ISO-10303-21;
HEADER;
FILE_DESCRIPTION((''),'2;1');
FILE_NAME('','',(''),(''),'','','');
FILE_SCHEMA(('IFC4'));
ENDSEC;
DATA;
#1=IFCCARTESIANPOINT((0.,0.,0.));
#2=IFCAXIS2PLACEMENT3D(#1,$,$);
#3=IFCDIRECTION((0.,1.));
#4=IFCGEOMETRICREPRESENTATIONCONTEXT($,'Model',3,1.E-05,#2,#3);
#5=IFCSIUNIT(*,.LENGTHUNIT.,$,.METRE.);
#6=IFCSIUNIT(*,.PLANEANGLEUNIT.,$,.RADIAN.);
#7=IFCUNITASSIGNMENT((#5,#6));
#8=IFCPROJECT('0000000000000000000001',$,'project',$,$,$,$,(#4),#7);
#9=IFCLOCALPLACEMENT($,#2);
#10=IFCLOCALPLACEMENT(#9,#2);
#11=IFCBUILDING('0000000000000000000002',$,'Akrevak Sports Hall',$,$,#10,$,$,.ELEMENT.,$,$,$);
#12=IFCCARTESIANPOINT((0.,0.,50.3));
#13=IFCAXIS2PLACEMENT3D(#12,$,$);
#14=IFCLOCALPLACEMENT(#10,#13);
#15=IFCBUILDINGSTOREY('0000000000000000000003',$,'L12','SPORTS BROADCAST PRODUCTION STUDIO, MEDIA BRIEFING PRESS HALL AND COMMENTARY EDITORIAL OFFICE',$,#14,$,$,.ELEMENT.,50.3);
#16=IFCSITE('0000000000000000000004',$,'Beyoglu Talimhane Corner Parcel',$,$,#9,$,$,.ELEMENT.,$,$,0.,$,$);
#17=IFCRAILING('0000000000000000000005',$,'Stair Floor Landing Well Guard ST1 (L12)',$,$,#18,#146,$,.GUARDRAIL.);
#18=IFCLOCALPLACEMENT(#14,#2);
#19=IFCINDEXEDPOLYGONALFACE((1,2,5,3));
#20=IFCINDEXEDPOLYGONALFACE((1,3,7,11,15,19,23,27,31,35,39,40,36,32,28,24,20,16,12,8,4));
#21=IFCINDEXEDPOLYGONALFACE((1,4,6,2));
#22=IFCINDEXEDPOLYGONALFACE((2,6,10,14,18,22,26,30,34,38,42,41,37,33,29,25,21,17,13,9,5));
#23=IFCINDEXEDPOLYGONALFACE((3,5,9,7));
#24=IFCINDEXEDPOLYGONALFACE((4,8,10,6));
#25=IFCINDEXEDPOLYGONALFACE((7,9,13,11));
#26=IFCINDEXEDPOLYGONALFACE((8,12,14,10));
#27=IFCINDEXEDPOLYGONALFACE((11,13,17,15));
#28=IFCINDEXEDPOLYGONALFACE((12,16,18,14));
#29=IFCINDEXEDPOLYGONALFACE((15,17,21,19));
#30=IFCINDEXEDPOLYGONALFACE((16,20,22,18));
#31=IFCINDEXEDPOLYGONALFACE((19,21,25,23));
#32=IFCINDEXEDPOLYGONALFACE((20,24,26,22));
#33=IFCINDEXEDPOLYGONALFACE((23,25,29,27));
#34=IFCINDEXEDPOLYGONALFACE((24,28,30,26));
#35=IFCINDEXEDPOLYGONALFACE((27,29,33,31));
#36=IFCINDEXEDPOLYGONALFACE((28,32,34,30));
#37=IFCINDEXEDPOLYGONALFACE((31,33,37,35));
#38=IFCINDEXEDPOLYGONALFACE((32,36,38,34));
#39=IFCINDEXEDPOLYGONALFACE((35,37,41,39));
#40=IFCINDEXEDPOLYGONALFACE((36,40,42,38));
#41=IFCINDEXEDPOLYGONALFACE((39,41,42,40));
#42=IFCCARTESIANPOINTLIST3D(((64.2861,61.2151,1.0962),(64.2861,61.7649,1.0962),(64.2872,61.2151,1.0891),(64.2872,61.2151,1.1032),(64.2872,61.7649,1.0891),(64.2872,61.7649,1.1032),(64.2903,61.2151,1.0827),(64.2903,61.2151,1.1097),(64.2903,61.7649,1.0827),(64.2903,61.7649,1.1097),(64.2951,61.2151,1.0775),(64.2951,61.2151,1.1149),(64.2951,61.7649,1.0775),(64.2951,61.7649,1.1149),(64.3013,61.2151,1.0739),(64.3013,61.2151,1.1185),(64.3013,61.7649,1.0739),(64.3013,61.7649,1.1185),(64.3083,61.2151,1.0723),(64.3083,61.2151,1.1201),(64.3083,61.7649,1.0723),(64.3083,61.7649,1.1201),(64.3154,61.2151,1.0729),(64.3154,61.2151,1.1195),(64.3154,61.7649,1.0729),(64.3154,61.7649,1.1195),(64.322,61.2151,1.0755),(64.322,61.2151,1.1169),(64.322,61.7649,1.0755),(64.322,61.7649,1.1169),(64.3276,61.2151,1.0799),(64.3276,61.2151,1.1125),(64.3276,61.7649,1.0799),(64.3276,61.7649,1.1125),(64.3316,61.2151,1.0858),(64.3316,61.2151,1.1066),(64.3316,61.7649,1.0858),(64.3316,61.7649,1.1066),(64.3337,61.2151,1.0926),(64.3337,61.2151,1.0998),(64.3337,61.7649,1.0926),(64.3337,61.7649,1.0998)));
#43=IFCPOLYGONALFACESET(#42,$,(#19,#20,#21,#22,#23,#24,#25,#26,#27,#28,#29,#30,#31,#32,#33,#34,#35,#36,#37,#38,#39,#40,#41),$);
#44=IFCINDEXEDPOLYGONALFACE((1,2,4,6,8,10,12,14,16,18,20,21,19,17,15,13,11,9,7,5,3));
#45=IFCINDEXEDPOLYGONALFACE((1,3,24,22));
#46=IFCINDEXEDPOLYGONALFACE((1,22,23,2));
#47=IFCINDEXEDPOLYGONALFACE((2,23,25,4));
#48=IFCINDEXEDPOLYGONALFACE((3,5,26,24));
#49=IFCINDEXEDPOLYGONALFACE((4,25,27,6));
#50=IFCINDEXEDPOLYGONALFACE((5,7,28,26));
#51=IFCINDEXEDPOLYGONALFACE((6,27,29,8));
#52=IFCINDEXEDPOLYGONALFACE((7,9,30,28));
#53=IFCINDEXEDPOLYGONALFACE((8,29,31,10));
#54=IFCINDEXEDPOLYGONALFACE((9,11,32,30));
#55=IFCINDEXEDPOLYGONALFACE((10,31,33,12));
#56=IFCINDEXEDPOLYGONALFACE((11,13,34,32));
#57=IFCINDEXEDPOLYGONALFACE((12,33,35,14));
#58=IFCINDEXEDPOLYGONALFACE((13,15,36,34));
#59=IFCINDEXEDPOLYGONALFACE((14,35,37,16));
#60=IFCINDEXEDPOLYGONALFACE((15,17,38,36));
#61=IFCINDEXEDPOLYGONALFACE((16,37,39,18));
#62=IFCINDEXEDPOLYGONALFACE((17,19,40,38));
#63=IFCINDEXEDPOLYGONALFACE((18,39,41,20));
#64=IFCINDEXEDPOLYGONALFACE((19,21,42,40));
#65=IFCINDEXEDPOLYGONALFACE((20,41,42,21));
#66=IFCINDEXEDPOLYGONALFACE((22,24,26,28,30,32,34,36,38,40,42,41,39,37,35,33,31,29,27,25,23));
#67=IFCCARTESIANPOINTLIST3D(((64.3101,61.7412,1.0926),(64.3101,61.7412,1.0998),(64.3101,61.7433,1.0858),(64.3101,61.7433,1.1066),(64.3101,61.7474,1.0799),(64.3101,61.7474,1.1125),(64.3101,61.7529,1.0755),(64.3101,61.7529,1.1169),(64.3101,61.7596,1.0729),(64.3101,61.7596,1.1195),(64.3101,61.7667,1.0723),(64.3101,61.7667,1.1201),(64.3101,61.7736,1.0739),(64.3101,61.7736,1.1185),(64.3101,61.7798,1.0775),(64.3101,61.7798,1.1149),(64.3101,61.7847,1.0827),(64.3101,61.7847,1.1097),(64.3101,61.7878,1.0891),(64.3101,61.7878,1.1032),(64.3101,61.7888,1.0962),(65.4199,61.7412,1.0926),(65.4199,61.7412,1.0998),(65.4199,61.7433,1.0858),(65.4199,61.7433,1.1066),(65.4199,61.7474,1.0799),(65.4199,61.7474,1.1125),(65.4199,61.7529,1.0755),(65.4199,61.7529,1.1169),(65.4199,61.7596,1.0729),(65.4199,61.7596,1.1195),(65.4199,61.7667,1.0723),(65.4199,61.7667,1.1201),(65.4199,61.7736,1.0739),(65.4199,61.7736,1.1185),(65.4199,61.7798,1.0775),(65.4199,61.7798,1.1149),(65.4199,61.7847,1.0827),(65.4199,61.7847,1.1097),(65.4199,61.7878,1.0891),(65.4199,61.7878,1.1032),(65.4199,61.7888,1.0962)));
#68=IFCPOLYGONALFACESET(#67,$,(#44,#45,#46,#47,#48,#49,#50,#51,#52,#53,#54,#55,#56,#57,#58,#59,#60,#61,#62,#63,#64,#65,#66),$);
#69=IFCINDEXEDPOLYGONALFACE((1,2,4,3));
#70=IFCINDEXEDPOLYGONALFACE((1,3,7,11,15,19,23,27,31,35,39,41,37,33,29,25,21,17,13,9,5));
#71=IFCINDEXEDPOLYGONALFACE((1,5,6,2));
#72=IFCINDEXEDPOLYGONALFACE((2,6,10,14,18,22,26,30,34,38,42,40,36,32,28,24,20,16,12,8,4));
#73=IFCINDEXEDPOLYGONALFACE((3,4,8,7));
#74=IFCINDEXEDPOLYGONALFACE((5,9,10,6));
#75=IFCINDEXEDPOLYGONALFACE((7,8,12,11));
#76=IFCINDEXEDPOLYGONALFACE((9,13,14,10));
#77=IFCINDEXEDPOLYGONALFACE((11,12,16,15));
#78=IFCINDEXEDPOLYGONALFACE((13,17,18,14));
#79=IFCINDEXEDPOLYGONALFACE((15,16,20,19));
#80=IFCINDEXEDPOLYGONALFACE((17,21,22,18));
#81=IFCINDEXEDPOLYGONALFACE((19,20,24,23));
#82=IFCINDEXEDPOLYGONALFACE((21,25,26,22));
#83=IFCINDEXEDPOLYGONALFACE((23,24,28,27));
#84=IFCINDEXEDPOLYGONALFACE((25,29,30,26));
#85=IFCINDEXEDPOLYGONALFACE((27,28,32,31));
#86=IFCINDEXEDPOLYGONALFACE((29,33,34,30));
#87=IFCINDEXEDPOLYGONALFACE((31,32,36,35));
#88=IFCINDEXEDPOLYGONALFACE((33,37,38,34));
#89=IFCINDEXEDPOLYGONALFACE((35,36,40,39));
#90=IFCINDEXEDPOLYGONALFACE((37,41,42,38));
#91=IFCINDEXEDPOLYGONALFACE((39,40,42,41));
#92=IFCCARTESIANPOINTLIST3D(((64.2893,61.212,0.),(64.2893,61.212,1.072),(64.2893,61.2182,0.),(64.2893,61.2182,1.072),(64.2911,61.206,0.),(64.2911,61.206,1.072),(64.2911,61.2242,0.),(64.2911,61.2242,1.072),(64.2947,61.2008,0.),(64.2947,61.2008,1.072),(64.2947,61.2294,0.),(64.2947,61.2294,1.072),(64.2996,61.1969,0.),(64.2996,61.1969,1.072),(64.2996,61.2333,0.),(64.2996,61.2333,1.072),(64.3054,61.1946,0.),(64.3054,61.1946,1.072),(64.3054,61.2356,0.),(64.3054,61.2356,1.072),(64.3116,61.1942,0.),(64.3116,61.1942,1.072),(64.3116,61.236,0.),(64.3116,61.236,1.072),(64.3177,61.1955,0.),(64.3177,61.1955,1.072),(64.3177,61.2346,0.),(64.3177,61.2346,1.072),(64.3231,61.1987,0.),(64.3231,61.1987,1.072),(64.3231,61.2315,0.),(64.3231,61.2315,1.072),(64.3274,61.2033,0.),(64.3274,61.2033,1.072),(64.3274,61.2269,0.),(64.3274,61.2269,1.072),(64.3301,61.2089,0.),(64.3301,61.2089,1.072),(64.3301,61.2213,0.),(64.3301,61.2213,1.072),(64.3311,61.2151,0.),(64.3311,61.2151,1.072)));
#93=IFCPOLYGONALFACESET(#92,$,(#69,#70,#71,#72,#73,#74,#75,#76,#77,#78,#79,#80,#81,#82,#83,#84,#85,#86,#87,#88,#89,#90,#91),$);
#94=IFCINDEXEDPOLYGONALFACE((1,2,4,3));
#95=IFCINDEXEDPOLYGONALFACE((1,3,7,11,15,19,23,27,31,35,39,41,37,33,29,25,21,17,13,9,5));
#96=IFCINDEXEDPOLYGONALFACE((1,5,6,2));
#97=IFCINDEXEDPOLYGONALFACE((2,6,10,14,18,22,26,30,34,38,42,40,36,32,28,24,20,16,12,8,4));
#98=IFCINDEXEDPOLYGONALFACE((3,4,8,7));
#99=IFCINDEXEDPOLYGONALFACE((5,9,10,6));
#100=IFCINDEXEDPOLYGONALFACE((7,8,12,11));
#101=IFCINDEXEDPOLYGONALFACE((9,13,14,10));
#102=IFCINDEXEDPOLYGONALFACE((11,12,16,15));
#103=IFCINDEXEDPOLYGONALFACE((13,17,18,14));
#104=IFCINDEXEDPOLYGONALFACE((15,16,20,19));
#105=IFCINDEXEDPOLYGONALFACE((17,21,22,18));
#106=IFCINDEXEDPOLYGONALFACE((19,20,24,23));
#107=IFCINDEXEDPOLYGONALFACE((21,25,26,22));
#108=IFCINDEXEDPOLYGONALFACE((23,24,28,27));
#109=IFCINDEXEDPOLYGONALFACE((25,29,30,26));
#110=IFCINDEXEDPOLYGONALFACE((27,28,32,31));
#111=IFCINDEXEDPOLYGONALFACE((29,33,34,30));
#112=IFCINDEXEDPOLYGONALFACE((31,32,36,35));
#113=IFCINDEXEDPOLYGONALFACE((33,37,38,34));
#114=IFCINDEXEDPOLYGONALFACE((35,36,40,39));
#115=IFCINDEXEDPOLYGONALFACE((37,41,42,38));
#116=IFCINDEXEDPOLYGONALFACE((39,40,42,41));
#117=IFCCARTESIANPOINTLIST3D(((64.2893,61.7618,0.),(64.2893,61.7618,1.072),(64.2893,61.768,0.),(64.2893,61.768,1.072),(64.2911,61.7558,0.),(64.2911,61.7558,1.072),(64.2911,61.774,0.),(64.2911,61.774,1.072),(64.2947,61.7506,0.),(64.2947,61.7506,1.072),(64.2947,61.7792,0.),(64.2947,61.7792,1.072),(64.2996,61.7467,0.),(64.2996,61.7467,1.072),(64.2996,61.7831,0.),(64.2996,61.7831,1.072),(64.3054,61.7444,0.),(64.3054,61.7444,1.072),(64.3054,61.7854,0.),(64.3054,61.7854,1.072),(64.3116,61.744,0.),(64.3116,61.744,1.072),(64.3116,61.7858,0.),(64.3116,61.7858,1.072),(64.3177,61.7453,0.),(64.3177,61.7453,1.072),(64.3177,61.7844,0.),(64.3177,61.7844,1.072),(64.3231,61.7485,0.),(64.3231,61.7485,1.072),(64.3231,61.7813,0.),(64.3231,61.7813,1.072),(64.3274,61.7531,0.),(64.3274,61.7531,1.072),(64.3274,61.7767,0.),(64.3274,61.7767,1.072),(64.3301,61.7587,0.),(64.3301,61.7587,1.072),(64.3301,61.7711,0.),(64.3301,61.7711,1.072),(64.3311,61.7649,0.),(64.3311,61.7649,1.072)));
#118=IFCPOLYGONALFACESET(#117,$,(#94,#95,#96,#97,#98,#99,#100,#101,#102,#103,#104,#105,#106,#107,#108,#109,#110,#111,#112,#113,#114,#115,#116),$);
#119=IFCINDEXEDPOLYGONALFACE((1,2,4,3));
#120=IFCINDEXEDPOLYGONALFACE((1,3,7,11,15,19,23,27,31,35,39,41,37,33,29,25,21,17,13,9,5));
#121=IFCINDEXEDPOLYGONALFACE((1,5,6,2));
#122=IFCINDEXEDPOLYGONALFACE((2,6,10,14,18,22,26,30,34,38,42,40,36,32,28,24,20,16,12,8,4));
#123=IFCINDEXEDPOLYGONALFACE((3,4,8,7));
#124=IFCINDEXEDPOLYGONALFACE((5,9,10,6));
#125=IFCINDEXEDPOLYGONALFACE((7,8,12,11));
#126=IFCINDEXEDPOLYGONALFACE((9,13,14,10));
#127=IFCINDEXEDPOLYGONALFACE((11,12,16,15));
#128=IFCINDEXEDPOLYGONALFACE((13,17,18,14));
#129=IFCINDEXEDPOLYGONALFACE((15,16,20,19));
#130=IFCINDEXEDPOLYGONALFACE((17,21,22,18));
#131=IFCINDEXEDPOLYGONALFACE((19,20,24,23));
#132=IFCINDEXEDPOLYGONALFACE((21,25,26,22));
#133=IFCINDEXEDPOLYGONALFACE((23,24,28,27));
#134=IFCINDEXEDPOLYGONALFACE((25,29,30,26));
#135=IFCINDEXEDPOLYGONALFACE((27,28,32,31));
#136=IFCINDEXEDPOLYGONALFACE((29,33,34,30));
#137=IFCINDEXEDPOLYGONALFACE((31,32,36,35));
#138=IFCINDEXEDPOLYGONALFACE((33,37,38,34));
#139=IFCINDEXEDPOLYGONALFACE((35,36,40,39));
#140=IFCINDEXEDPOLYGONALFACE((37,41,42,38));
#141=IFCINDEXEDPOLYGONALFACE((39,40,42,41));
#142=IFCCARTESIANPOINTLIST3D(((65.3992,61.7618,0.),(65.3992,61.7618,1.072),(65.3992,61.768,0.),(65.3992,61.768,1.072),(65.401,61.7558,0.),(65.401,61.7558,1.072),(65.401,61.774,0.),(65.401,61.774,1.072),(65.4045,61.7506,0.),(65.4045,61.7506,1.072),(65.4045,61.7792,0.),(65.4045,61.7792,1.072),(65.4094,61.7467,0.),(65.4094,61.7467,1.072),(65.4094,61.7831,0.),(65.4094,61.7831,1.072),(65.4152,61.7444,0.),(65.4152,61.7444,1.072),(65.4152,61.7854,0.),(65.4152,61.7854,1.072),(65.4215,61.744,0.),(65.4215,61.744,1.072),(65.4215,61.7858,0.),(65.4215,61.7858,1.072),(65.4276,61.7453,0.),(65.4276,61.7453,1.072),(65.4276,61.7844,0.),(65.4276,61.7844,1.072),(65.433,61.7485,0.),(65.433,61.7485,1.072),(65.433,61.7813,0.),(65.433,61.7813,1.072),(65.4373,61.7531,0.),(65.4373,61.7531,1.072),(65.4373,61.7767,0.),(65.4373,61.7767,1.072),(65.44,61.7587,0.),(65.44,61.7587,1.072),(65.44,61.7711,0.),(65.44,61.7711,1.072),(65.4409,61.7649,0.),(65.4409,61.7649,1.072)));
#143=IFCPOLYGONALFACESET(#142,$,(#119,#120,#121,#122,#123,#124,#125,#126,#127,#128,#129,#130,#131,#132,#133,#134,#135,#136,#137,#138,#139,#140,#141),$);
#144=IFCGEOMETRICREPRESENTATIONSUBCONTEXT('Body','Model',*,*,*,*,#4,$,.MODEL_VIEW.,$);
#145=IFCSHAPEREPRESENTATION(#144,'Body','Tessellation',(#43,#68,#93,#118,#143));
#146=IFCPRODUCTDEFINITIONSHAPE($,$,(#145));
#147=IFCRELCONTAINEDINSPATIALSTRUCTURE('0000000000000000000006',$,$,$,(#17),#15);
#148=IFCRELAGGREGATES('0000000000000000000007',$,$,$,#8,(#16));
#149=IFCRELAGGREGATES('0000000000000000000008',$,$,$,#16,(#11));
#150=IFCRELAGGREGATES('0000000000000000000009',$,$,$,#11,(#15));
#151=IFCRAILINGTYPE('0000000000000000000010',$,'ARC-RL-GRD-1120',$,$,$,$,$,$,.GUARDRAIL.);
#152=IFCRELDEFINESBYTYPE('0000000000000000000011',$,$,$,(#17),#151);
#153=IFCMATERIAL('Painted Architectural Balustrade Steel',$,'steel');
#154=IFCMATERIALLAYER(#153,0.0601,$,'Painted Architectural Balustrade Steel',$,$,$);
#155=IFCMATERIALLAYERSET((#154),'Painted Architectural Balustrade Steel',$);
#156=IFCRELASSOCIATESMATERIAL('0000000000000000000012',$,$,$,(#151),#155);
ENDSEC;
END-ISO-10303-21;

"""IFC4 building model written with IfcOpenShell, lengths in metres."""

from ifc_helpers import new_model, si_unit, direction, frame, origin, origin_2d, place, context, subcontext, project, spatial, circle, extrude, material, layer, layer_set, type_object, element, save


model = new_model("IFC4")

# Units and contexts
model_context = context("Model", 3, precision=1e-05, world=origin(), true_north=direction((0.0, 1.0)))
body_context = subcontext(model_context, "Body", "Model", "MODEL_VIEW")
ifc_project = project(units=[si_unit("LENGTHUNIT", "METRE"), si_unit("PLANEANGLEUNIT", "RADIAN")], contexts=[model_context])

# Site, building, storey
site_placement = place(None, origin())
site = spatial("IfcSite", under=ifc_project, at=site_placement, Name="Beyoglu Talimhane Corner Parcel", CompositionType="ELEMENT", RefElevation=0.0)
building_placement = place(site_placement, origin())
building = spatial("IfcBuilding", under=site, at=building_placement, Name="Akrevak Sports Hall", CompositionType="ELEMENT")
storey_placement = place(building_placement, frame((0.0, 0.0, 50.3)))
storey = spatial("IfcBuildingStorey", under=building, at=storey_placement, Name="L12", Description="SPORTS BROADCAST PRODUCTION STUDIO, MEDIA BRIEFING PRESS HALL AND COMMENTARY EDITORIAL OFFICE", CompositionType="ELEMENT", Elevation=50.3)

# Railing
ifc_material_1 = material(Name="Painted Architectural Balustrade Steel", Category="steel")
ifc_layer_1 = layer(ifc_material_1, 0.0601, Name="Painted Architectural Balustrade Steel")
ifc_layer_set_1 = layer_set([ifc_layer_1], Name="Painted Architectural Balustrade Steel")
railing_type_1 = type_object("IfcRailingType", Name="ARC-RL-GRD-1120", PredefinedType="GUARDRAIL", material=ifc_layer_set_1)
railing_1_placement = place(storey_placement, frame((64.3101, 61.2151, 0.0)))
element("IfcRailing", 1, at=railing_1_placement, inside=storey, type_object=railing_type_1, Name="Stair Floor Landing Well Guard ST1 (L12)", PredefinedType="GUARDRAIL", context=body_context, shape_type="SweptSolid", body=[
    extrude(circle(Radius=0.0239, at=origin_2d()), frame((0.0, 0.0, 1.0962), z_axis=(0.0, 1.0, 0.0), x_axis=(-1.0, 0.0, 0.0)), (0.0, 0.0, 1.0), 0.5498),
    extrude(circle(Radius=0.0239, at=origin_2d()), frame((0.0, 0.5498, 1.0962), z_axis=(1.0, 0.0, 0.0), x_axis=(0.0, 1.0, 0.0)), (0.0, 0.0, 1.0), 1.1099),
    extrude(circle(Radius=0.021, at=origin_2d()), origin(), (0.0, 0.0, 1.0), 1.072),
    extrude(circle(Radius=0.021, at=origin_2d()), frame((0.0, 0.5498, 0.0)), (0.0, 0.0, 1.0), 1.072),
    extrude(circle(Radius=0.021, at=origin_2d()), frame((1.1099, 0.5498, 0.0)), (0.0, 0.0, 1.0), 1.072),
])

save(model, "model.ifc")
